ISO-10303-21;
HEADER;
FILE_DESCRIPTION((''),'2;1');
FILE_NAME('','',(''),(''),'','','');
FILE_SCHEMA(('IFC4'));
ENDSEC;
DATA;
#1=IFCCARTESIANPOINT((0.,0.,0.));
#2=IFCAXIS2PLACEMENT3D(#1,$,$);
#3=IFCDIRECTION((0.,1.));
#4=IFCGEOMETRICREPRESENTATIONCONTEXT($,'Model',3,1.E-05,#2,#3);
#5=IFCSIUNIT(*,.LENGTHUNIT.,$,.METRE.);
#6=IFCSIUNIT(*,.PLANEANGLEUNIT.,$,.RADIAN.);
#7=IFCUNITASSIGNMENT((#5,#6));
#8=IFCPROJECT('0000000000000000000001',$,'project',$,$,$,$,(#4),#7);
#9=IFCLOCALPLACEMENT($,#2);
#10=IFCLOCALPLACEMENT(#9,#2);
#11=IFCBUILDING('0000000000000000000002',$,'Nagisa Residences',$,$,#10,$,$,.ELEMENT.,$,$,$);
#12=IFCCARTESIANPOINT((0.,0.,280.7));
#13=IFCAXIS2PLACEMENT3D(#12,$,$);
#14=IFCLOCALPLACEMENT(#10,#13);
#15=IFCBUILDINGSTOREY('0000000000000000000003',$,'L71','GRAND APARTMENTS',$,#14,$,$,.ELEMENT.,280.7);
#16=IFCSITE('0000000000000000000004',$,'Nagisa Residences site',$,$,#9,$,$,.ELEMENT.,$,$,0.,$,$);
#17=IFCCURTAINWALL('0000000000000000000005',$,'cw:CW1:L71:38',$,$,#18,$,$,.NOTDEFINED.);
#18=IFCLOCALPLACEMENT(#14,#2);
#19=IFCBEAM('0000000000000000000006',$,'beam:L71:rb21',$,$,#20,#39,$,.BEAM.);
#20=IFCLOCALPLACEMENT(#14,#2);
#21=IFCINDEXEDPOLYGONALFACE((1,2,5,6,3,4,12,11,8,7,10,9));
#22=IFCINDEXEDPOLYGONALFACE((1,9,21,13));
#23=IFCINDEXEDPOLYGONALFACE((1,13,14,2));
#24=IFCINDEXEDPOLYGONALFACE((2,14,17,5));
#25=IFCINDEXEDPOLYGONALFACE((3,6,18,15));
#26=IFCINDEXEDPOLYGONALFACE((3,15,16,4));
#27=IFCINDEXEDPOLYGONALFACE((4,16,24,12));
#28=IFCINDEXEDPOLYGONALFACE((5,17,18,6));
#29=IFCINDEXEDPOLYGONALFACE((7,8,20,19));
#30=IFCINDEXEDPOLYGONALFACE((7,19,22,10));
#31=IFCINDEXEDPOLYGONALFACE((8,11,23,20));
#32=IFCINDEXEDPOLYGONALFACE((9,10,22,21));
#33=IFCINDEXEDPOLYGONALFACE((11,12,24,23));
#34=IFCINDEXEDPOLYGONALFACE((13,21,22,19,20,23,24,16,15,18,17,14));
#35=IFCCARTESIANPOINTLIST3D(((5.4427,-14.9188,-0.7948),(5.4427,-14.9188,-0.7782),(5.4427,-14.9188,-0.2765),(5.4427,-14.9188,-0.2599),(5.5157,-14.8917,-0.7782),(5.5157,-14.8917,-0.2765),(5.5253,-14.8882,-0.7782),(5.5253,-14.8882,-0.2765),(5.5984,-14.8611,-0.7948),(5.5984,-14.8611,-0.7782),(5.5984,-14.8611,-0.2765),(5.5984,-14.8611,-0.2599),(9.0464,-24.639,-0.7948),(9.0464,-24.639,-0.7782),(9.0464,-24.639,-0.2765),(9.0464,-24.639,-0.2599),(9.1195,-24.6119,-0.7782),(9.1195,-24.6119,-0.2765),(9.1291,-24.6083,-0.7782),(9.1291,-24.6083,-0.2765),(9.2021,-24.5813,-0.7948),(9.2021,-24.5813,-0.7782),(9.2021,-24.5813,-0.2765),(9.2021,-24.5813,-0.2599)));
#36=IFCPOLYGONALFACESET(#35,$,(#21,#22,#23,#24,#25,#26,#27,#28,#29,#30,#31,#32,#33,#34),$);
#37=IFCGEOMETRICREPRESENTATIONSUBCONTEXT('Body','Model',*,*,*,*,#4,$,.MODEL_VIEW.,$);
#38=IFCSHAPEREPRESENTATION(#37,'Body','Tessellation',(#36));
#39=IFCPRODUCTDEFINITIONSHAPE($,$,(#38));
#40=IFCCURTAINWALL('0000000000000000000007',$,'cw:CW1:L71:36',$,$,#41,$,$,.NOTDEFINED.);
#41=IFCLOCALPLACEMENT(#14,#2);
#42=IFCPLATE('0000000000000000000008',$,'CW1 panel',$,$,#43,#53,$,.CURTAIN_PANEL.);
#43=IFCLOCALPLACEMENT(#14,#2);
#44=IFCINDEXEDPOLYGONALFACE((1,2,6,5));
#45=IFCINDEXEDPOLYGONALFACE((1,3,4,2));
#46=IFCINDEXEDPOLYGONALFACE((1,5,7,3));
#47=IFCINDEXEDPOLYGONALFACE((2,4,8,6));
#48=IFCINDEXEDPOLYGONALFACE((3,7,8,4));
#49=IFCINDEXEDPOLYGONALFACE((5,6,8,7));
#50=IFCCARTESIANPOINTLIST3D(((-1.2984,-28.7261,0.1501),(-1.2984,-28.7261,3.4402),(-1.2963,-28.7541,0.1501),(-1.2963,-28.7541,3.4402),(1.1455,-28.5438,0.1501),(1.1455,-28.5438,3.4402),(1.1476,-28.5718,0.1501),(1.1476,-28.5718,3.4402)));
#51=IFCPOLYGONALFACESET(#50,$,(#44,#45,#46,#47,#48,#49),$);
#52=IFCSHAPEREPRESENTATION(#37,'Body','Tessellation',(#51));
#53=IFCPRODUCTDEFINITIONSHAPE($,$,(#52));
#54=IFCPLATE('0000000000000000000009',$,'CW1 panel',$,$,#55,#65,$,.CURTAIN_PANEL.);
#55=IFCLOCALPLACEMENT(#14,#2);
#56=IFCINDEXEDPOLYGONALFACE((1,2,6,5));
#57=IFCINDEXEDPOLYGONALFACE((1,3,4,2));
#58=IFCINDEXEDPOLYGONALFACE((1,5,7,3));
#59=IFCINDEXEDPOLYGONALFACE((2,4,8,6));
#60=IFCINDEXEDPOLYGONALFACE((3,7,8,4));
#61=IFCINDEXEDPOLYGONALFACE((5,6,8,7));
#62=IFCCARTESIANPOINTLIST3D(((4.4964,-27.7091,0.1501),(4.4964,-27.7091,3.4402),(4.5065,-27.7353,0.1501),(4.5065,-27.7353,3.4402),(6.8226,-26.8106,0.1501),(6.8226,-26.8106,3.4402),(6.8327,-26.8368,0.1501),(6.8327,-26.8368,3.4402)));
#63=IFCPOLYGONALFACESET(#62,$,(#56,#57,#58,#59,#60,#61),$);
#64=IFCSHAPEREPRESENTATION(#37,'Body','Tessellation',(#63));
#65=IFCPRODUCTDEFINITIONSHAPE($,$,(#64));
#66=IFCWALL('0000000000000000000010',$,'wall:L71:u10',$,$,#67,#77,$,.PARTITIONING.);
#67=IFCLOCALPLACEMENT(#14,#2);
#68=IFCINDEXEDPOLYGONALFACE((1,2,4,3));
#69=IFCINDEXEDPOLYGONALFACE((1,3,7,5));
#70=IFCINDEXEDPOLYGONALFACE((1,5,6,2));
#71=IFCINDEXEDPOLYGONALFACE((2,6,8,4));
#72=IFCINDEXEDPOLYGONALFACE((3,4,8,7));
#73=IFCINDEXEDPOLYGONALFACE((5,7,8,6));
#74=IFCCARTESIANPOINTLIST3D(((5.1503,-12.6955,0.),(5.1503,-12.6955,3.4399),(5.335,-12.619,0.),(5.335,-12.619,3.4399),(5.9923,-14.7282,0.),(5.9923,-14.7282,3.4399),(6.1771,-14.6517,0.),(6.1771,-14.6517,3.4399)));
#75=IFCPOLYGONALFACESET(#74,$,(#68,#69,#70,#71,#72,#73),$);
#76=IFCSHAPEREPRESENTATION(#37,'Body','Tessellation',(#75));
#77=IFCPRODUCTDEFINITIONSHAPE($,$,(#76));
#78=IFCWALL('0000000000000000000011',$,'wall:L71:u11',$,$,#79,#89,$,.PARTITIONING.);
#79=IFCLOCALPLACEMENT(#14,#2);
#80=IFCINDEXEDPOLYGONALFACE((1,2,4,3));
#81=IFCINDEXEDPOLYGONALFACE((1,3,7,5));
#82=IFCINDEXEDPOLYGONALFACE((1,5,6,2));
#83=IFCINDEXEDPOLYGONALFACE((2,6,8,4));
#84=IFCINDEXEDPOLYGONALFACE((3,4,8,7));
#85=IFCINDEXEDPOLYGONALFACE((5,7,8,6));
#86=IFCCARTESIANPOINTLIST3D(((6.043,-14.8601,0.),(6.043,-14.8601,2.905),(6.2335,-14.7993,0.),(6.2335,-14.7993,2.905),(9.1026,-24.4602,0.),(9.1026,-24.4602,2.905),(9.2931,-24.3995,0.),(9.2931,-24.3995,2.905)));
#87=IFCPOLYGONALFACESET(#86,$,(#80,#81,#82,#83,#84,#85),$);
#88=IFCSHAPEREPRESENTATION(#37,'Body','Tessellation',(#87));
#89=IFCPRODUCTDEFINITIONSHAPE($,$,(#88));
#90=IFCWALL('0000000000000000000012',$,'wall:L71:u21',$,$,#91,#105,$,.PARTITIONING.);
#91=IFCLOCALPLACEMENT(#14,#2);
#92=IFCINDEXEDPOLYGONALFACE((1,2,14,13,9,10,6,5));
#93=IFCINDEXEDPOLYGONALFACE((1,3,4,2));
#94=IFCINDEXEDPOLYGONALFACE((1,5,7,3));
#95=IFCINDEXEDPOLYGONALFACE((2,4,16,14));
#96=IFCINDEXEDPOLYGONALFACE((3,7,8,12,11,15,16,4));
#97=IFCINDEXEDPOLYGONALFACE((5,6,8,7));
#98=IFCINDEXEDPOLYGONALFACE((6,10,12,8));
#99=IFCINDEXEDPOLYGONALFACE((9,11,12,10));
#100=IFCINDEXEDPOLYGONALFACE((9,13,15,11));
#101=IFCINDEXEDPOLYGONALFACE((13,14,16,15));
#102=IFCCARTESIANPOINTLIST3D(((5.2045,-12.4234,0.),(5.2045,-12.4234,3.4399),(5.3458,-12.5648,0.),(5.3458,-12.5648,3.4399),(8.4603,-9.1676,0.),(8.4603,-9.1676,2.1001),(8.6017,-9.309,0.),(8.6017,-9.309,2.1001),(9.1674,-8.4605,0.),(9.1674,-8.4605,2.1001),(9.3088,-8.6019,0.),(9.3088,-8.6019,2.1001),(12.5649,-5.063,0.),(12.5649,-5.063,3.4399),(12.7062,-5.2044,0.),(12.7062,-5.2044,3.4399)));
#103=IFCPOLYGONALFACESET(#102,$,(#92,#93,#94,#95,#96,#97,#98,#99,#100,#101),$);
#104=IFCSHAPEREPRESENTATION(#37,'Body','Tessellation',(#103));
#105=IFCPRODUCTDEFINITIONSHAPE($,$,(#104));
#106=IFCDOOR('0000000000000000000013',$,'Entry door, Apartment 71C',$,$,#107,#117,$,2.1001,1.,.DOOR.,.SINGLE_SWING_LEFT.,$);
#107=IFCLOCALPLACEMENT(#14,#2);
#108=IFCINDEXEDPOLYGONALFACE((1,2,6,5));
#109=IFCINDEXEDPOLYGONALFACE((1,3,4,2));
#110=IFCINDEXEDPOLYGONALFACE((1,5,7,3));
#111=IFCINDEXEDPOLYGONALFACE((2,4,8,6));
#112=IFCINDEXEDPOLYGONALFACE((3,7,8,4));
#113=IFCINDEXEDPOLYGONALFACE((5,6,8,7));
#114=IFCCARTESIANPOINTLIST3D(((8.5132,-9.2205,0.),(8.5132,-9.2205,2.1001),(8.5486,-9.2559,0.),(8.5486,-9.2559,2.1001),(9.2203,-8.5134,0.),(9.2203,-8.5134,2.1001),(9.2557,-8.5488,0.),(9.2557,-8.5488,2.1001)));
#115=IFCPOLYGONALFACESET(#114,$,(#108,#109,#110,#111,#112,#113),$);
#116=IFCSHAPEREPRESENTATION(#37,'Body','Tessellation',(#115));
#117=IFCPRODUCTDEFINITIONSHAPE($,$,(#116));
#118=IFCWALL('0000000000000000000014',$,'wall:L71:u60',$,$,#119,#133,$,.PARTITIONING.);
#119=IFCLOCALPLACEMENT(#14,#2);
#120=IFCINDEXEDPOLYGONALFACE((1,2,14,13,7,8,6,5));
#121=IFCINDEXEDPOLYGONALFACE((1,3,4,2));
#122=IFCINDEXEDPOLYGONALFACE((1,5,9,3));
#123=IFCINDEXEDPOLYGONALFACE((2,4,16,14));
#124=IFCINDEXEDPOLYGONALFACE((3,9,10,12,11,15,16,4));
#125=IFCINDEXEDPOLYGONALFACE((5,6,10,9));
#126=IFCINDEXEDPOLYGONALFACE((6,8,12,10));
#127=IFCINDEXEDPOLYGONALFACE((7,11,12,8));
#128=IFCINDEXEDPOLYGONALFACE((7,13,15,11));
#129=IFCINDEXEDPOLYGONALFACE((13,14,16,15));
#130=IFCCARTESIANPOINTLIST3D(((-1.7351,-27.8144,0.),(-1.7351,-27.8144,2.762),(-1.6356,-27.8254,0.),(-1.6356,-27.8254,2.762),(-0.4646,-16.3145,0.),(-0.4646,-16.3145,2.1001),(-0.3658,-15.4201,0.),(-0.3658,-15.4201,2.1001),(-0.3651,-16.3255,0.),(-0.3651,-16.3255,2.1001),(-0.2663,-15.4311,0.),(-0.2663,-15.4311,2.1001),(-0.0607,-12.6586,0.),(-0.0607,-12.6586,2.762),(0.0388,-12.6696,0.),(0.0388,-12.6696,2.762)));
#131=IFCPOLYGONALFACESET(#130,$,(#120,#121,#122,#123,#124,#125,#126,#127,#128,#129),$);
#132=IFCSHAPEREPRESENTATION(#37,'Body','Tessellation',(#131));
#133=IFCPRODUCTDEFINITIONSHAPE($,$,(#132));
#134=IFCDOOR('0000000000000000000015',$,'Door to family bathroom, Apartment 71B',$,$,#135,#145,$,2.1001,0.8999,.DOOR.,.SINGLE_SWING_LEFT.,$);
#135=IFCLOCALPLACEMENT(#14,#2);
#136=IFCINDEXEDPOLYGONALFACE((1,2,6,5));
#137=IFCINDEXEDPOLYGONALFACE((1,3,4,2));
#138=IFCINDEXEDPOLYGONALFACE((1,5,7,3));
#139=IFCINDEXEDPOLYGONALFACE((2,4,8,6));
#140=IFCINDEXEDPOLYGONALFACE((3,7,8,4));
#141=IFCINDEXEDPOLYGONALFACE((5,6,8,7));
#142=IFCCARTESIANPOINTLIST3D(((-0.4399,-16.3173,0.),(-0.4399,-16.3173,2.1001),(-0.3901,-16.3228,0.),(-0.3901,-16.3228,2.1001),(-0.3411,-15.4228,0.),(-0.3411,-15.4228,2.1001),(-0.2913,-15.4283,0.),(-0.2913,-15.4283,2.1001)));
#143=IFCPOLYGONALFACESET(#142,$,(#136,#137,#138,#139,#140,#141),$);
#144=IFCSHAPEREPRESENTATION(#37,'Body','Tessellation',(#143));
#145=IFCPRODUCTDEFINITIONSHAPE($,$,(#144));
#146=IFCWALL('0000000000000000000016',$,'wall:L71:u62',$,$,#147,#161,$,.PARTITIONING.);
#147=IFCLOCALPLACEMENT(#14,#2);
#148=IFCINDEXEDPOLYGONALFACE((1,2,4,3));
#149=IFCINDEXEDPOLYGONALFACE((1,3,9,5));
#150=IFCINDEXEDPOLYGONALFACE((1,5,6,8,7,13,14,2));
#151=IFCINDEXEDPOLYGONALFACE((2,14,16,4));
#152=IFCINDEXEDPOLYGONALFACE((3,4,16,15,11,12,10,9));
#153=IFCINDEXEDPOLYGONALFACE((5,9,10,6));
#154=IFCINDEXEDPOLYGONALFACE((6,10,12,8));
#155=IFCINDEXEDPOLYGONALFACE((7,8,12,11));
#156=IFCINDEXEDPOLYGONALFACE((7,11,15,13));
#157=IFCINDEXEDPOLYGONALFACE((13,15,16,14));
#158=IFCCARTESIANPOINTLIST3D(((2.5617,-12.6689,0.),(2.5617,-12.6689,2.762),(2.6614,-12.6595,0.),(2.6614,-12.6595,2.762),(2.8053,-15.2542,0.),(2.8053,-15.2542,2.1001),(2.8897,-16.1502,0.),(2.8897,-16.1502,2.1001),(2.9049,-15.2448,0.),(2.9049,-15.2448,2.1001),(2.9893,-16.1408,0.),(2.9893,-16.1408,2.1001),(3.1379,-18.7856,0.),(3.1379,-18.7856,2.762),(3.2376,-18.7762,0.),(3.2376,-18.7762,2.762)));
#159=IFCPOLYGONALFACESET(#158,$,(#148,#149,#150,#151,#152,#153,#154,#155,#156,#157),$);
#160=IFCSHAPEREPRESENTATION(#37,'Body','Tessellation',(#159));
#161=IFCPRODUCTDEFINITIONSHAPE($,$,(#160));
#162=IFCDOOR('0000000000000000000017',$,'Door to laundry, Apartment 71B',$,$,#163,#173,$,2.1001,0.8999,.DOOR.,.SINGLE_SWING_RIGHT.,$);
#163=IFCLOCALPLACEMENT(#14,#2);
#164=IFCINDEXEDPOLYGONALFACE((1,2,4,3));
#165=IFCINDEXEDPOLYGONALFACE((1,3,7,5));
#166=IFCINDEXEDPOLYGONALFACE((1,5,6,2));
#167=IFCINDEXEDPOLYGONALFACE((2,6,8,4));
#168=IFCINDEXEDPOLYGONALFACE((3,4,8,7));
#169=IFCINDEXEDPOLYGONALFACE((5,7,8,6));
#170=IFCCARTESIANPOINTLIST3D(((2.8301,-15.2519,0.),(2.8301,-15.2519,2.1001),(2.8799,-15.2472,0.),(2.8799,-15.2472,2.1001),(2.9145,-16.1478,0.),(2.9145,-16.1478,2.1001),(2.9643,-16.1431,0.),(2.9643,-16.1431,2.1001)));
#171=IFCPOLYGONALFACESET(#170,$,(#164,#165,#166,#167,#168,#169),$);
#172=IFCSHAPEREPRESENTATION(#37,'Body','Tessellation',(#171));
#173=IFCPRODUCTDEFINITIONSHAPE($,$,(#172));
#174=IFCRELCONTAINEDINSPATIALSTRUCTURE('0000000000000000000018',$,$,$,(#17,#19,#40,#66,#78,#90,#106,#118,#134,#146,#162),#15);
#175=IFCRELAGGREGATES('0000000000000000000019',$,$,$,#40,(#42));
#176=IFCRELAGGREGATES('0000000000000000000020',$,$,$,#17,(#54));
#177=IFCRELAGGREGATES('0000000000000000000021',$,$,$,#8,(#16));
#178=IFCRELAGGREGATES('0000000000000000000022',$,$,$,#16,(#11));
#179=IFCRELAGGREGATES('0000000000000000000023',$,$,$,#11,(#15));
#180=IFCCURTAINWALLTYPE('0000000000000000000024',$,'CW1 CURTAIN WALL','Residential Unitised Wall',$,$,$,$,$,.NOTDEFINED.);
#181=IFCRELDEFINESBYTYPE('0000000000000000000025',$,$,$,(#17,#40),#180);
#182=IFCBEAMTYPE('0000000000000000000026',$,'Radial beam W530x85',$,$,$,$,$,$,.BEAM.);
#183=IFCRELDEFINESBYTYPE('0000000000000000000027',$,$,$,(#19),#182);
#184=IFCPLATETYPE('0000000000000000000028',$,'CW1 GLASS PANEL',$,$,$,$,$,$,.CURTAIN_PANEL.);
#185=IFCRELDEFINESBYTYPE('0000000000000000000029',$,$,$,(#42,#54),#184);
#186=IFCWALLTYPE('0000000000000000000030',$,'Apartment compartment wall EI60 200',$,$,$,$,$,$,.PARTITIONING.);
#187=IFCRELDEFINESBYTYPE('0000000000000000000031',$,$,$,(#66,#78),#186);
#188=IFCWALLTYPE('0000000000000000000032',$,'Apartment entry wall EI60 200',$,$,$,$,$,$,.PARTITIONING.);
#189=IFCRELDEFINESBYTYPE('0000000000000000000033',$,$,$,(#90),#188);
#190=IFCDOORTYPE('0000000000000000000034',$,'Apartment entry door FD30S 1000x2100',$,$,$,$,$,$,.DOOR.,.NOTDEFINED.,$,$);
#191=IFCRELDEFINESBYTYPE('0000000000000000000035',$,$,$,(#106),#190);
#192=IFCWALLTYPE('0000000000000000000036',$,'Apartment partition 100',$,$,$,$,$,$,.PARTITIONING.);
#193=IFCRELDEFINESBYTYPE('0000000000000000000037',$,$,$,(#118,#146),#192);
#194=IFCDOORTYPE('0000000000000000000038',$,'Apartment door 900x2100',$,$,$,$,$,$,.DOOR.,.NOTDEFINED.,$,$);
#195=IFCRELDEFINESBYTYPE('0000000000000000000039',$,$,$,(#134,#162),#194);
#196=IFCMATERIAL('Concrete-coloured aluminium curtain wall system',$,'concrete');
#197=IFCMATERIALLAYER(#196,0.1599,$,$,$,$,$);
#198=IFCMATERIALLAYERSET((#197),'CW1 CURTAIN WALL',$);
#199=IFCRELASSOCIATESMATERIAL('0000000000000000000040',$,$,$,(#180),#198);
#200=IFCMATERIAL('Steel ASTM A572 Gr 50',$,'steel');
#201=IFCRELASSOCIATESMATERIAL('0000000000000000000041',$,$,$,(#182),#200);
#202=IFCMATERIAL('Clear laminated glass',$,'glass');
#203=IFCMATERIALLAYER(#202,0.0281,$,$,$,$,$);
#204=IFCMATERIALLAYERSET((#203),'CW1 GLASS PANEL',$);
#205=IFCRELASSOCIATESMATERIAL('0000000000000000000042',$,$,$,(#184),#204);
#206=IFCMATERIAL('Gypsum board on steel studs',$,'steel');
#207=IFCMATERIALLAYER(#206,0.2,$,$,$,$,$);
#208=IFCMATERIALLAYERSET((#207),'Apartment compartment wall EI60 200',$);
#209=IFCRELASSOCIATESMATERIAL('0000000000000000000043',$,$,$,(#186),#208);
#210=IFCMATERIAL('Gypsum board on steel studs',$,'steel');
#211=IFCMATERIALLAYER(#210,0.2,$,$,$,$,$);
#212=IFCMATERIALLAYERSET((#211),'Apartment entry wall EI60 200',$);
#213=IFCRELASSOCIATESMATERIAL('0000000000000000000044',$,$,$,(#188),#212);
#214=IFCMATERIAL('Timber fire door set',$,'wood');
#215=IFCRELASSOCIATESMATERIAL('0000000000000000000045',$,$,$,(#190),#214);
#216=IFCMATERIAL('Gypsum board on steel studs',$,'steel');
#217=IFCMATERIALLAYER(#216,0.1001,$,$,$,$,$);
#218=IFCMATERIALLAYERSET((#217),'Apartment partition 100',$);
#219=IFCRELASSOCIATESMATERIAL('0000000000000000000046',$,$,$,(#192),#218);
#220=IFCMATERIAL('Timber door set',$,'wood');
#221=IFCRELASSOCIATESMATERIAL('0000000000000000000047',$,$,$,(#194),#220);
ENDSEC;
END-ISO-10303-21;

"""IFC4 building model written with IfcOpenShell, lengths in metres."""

from ifc_helpers import new_model, si_unit, direction, frame, frame_2d, origin, origin_2d, place, context, subcontext, project, spatial, rectangle, i_section, extrude, material, layer, layer_set, material_profile, profile_set, type_object, element, fill, aggregate, save


model = new_model("IFC4")

# Units and contexts
model_context = context("Model", 3, precision=1e-05, world=origin(), true_north=direction((0.0, 1.0)))
body_context = subcontext(model_context, "Body", "Model", "MODEL_VIEW")
ifc_project = project(units=[si_unit("LENGTHUNIT", "METRE"), si_unit("PLANEANGLEUNIT", "RADIAN")], contexts=[model_context])

# Site, building, storey
site_placement = place(None, origin())
site = spatial("IfcSite", under=ifc_project, at=site_placement, Name="Nagisa Residences site", CompositionType="ELEMENT", RefElevation=0.0)
building_placement = place(site_placement, origin())
building = spatial("IfcBuilding", under=site, at=building_placement, Name="Nagisa Residences", CompositionType="ELEMENT")
storey_placement = place(building_placement, frame((0.0, 0.0, 280.7)))
storey = spatial("IfcBuildingStorey", under=building, at=storey_placement, Name="L71", Description="GRAND APARTMENTS", CompositionType="ELEMENT", Elevation=280.7)

# Curtain wall
ifc_material_1 = material(Name="Concrete-coloured aluminium curtain wall system", Category="concrete")
ifc_layer_1 = layer(ifc_material_1, 0.1599)
ifc_layer_set_1 = layer_set([ifc_layer_1], Name="CW1 CURTAIN WALL")
curtain_wall_type = type_object("IfcCurtainWallType", Name="CW1 CURTAIN WALL", Description="Residential Unitised Wall", PredefinedType="NOTDEFINED", material=ifc_layer_set_1)
curtain_wall_1_placement = place(storey_placement, origin())
curtain_wall_1 = element("IfcCurtainWall", 1, at=curtain_wall_1_placement, inside=storey, type_object=curtain_wall_type, Name="cw:CW1:L71:38", PredefinedType="NOTDEFINED")

# Beam
ifc_material_2 = material(Name="Steel ASTM A572 Gr 50", Category="steel")
ifc_material_profile_1 = material_profile(ifc_material_2, i_section(OverallWidth=0.166, OverallDepth=0.5349, WebThickness=0.0103, FlangeThickness=0.0166, at=origin_2d()), Name="W530x85")
ifc_profile_set_1 = profile_set([ifc_material_profile_1], Name="Steel ASTM A572 Gr 50")
beam_type_1 = type_object("IfcBeamType", Name="Radial beam W530x85", PredefinedType="BEAM", material=ifc_profile_set_1)
beam_1_placement = place(storey_placement, frame((9.1243, -24.6101, -0.5273), z_axis=(-0.347627, 0.937633, 0.0), x_axis=(-0.937633, -0.347627, 0.0)))
element("IfcBeam", 2, at=beam_1_placement, inside=storey, type_object=beam_type_1, Name="beam:L71:rb21", PredefinedType="BEAM", context=body_context, shape_type="SweptSolid", body=[
    extrude(i_section(OverallWidth=0.166, OverallDepth=0.5349, WebThickness=0.0103, FlangeThickness=0.0166, at=origin_2d()), origin(), (0.0, 0.0, 1.0), 10.3667),
])

# Curtain wall, plate
curtain_wall_2_placement = place(storey_placement, origin())
curtain_wall_2 = element("IfcCurtainWall", 3, at=curtain_wall_2_placement, inside=storey, type_object=curtain_wall_type, Name="cw:CW1:L71:36", PredefinedType="NOTDEFINED")
ifc_material_3 = material(Name="Clear laminated glass", Category="glass")
ifc_layer_2 = layer(ifc_material_3, 0.0281)
ifc_layer_set_2 = layer_set([ifc_layer_2], Name="CW1 GLASS PANEL")
plate_type = type_object("IfcPlateType", Name="CW1 GLASS PANEL", PredefinedType="CURTAIN_PANEL", material=ifc_layer_set_2)
plate_1_placement = place(storey_placement, frame((-0.0754, -28.6489, 0.1501), z_axis=(0.0, 0.0, 1.0), x_axis=(0.99723, 0.074377, 0.0)))
plate_1 = element("IfcPlate", 4, at=plate_1_placement, type_object=plate_type, Name="CW1 panel", PredefinedType="CURTAIN_PANEL", context=body_context, shape_type="SweptSolid", body=[
    extrude(rectangle(XDim=2.4507, YDim=0.0281, at=origin_2d()), origin(), (0.0, 0.0, 1.0), 3.29),
])
aggregate(curtain_wall_2, [plate_1])

# Plate
plate_2_placement = place(storey_placement, frame((5.6646, -27.2729, 0.1501), z_axis=(0.0, 0.0, 1.0), x_axis=(0.932826, 0.360328, 0.0)))
plate_2 = element("IfcPlate", 5, at=plate_2_placement, type_object=plate_type, Name="CW1 panel", PredefinedType="CURTAIN_PANEL", context=body_context, shape_type="SweptSolid", body=[
    extrude(rectangle(XDim=2.4937, YDim=0.0281, at=origin_2d()), origin(), (0.0, 0.0, 1.0), 3.29),
])
aggregate(curtain_wall_1, [plate_2])

# Walls
ifc_material_4 = material(Name="Gypsum board on steel studs", Category="steel")
ifc_layer_3 = layer(ifc_material_4, 0.2)
ifc_layer_set_3 = layer_set([ifc_layer_3], Name="Apartment compartment wall EI60 200")
wall_type_1 = type_object("IfcWallType", Name="Apartment compartment wall EI60 200", PredefinedType="PARTITIONING", material=ifc_layer_set_3)
wall_1_placement = place(storey_placement, frame((5.2427, -12.6572, 0.0), z_axis=(0.0, 0.0, 1.0), x_axis=(0.382708, -0.923869, 0.0)))
element("IfcWall", 6, at=wall_1_placement, inside=storey, type_object=wall_type_1, Name="wall:L71:u10", PredefinedType="PARTITIONING", context=body_context, shape_type="SweptSolid", body=[
    extrude(rectangle(XDim=2.2002, YDim=0.2, at=frame_2d((1.1001, 0.0))), origin(), (0.0, 0.0, 1.0), 3.4399),
])
wall_2_placement = place(storey_placement, frame((6.1382, -14.8296, 0.0), z_axis=(0.0, 0.0, 1.0), x_axis=(0.303654, -0.952782, 0.0)))
element("IfcWall", 7, at=wall_2_placement, inside=storey, type_object=wall_type_1, Name="wall:L71:u11", PredefinedType="PARTITIONING", context=body_context, shape_type="SweptSolid", body=[
    extrude(rectangle(XDim=10.0759, YDim=0.2, at=frame_2d((5.0381, 0.0))), origin(), (0.0, 0.0, 1.0), 2.905),
])

# Walls, openings, doors
ifc_material_5 = material(Name="Gypsum board on steel studs", Category="steel")
ifc_layer_4 = layer(ifc_material_5, 0.2)
ifc_layer_set_4 = layer_set([ifc_layer_4], Name="Apartment entry wall EI60 200")
wall_type_2 = type_object("IfcWallType", Name="Apartment entry wall EI60 200", PredefinedType="PARTITIONING", material=ifc_layer_set_4)
wall_3_placement = place(storey_placement, frame((5.2751, -12.4941, 0.0), z_axis=(0.0, 0.0, 1.0), x_axis=(0.707107, 0.707107, 0.0)))
wall_3 = element("IfcWall", 8, at=wall_3_placement, inside=storey, type_object=wall_type_2, Name="wall:L71:u21", PredefinedType="PARTITIONING", context=body_context, shape_type="SweptSolid", body=[
    extrude(rectangle(XDim=10.4092, YDim=0.2, at=frame_2d((5.2046, 0.0))), origin(), (0.0, 0.0, 1.0), 3.4399),
])
opening_1_placement = place(wall_3_placement, frame((4.6045, 0.0, 0.0)))
opening_1 = element("IfcOpeningElement", 9, at=opening_1_placement, cuts=wall_3, PredefinedType="OPENING", context=body_context, shape_type="SweptSolid", body=[
    extrude(rectangle(XDim=1.0, YDim=2.1001, at=frame_2d((0.5, 1.05))), frame((0.0, 0.1099, 0.0), z_axis=(0.0, -1.0, 0.0), x_axis=(1.0, 0.0, 0.0)), (0.0, 0.0, 1.0), 0.22),
])
ifc_material_6 = material(Name="Timber fire door set", Category="wood")
door_type_1 = type_object("IfcDoorType", Name="Apartment entry door FD30S 1000x2100", OperationType="NOTDEFINED", PredefinedType="DOOR", material=ifc_material_6)
door_1_placement = place(opening_1_placement, frame((1.0, 0.0, 0.0), x_axis=(-1.0, 0.0, 0.0)))
door_1 = element("IfcDoor", 10, at=door_1_placement, inside=storey, type_object=door_type_1, Name="Entry door, Apartment 71C", OperationType="SINGLE_SWING_LEFT", OverallHeight=2.1001, OverallWidth=1.0, PredefinedType="DOOR", context=body_context, shape_type="SweptSolid", body=[
    extrude(rectangle(XDim=1.0, YDim=2.1001, at=frame_2d((0.5, 1.05))), frame((0.0, 0.0249, 0.0), z_axis=(0.0, -1.0, 0.0), x_axis=(1.0, 0.0, 0.0)), (0.0, 0.0, 1.0), 0.05),
])
fill(opening_1, door_1)
ifc_material_7 = material(Name="Gypsum board on steel studs", Category="steel")
ifc_layer_5 = layer(ifc_material_7, 0.1001)
ifc_layer_set_5 = layer_set([ifc_layer_5], Name="Apartment partition 100")
wall_type_3 = type_object("IfcWallType", Name="Apartment partition 100", PredefinedType="PARTITIONING", material=ifc_layer_set_5)
wall_4_placement = place(storey_placement, frame((-0.011, -12.6641, 0.0), z_axis=(0.0, 0.0, 1.0), x_axis=(-0.109806, -0.993953, 0.0)))
wall_4 = element("IfcWall", 11, at=wall_4_placement, inside=storey, type_object=wall_type_3, Name="wall:L71:u60", PredefinedType="PARTITIONING", context=body_context, shape_type="SweptSolid", body=[
    extrude(rectangle(XDim=15.248, YDim=0.1001, at=frame_2d((7.624, 0.0))), origin(), (0.0, 0.0, 1.0), 2.762),
])
opening_2_placement = place(wall_4_placement, frame((2.7783, 0.0, 0.0)))
opening_2 = element("IfcOpeningElement", 12, at=opening_2_placement, cuts=wall_4, PredefinedType="OPENING", context=body_context, shape_type="SweptSolid", body=[
    extrude(rectangle(XDim=0.8999, YDim=2.1001, at=frame_2d((0.45, 1.05))), frame((0.0, 0.0601, 0.0), z_axis=(0.0, -1.0, 0.0), x_axis=(1.0, 0.0, 0.0)), (0.0, 0.0, 1.0), 0.1201),
])
ifc_material_8 = material(Name="Timber door set", Category="wood")
door_type_2 = type_object("IfcDoorType", Name="Apartment door 900x2100", OperationType="NOTDEFINED", PredefinedType="DOOR", material=ifc_material_8)
door_2_placement = place(opening_2_placement, origin())
door_2 = element("IfcDoor", 13, at=door_2_placement, inside=storey, type_object=door_type_2, Name="Door to family bathroom, Apartment 71B", OperationType="SINGLE_SWING_LEFT", OverallHeight=2.1001, OverallWidth=0.8999, PredefinedType="DOOR", context=body_context, shape_type="SweptSolid", body=[
    extrude(rectangle(XDim=0.8999, YDim=2.1001, at=frame_2d((0.45, 1.05))), frame((0.0, 0.0249, 0.0), z_axis=(0.0, -1.0, 0.0), x_axis=(1.0, 0.0, 0.0)), (0.0, 0.0, 1.0), 0.05),
])
fill(opening_2, door_2)
wall_5_placement = place(storey_placement, frame((2.6116, -12.6643, 0.0), z_axis=(0.0, 0.0, 1.0), x_axis=(0.093781, -0.995593, 0.0)))
wall_5 = element("IfcWall", 14, at=wall_5_placement, inside=storey, type_object=wall_type_3, Name="wall:L71:u62", PredefinedType="PARTITIONING", context=body_context, shape_type="SweptSolid", body=[
    extrude(rectangle(XDim=6.1438, YDim=0.1001, at=frame_2d((3.0718, 0.0))), origin(), (0.0, 0.0, 1.0), 2.762),
])
opening_3_placement = place(wall_5_placement, frame((2.5967, 0.0, 0.0)))
opening_3 = element("IfcOpeningElement", 15, at=opening_3_placement, cuts=wall_5, PredefinedType="OPENING", context=body_context, shape_type="SweptSolid", body=[
    extrude(rectangle(XDim=0.8999, YDim=2.1001, at=frame_2d((0.45, 1.05))), frame((0.0, 0.0601, 0.0), z_axis=(0.0, -1.0, 0.0), x_axis=(1.0, 0.0, 0.0)), (0.0, 0.0, 1.0), 0.1201),
])
door_3_placement = place(opening_3_placement, origin())
door_3 = element("IfcDoor", 16, at=door_3_placement, inside=storey, type_object=door_type_2, Name="Door to laundry, Apartment 71B", OperationType="SINGLE_SWING_RIGHT", OverallHeight=2.1001, OverallWidth=0.8999, PredefinedType="DOOR", context=body_context, shape_type="SweptSolid", body=[
    extrude(rectangle(XDim=0.8999, YDim=2.1001, at=frame_2d((0.45, 1.05))), frame((0.0, 0.0249, 0.0), z_axis=(0.0, -1.0, 0.0), x_axis=(1.0, 0.0, 0.0)), (0.0, 0.0, 1.0), 0.05),
])
fill(opening_3, door_3)

save(model, "model.ifc")
